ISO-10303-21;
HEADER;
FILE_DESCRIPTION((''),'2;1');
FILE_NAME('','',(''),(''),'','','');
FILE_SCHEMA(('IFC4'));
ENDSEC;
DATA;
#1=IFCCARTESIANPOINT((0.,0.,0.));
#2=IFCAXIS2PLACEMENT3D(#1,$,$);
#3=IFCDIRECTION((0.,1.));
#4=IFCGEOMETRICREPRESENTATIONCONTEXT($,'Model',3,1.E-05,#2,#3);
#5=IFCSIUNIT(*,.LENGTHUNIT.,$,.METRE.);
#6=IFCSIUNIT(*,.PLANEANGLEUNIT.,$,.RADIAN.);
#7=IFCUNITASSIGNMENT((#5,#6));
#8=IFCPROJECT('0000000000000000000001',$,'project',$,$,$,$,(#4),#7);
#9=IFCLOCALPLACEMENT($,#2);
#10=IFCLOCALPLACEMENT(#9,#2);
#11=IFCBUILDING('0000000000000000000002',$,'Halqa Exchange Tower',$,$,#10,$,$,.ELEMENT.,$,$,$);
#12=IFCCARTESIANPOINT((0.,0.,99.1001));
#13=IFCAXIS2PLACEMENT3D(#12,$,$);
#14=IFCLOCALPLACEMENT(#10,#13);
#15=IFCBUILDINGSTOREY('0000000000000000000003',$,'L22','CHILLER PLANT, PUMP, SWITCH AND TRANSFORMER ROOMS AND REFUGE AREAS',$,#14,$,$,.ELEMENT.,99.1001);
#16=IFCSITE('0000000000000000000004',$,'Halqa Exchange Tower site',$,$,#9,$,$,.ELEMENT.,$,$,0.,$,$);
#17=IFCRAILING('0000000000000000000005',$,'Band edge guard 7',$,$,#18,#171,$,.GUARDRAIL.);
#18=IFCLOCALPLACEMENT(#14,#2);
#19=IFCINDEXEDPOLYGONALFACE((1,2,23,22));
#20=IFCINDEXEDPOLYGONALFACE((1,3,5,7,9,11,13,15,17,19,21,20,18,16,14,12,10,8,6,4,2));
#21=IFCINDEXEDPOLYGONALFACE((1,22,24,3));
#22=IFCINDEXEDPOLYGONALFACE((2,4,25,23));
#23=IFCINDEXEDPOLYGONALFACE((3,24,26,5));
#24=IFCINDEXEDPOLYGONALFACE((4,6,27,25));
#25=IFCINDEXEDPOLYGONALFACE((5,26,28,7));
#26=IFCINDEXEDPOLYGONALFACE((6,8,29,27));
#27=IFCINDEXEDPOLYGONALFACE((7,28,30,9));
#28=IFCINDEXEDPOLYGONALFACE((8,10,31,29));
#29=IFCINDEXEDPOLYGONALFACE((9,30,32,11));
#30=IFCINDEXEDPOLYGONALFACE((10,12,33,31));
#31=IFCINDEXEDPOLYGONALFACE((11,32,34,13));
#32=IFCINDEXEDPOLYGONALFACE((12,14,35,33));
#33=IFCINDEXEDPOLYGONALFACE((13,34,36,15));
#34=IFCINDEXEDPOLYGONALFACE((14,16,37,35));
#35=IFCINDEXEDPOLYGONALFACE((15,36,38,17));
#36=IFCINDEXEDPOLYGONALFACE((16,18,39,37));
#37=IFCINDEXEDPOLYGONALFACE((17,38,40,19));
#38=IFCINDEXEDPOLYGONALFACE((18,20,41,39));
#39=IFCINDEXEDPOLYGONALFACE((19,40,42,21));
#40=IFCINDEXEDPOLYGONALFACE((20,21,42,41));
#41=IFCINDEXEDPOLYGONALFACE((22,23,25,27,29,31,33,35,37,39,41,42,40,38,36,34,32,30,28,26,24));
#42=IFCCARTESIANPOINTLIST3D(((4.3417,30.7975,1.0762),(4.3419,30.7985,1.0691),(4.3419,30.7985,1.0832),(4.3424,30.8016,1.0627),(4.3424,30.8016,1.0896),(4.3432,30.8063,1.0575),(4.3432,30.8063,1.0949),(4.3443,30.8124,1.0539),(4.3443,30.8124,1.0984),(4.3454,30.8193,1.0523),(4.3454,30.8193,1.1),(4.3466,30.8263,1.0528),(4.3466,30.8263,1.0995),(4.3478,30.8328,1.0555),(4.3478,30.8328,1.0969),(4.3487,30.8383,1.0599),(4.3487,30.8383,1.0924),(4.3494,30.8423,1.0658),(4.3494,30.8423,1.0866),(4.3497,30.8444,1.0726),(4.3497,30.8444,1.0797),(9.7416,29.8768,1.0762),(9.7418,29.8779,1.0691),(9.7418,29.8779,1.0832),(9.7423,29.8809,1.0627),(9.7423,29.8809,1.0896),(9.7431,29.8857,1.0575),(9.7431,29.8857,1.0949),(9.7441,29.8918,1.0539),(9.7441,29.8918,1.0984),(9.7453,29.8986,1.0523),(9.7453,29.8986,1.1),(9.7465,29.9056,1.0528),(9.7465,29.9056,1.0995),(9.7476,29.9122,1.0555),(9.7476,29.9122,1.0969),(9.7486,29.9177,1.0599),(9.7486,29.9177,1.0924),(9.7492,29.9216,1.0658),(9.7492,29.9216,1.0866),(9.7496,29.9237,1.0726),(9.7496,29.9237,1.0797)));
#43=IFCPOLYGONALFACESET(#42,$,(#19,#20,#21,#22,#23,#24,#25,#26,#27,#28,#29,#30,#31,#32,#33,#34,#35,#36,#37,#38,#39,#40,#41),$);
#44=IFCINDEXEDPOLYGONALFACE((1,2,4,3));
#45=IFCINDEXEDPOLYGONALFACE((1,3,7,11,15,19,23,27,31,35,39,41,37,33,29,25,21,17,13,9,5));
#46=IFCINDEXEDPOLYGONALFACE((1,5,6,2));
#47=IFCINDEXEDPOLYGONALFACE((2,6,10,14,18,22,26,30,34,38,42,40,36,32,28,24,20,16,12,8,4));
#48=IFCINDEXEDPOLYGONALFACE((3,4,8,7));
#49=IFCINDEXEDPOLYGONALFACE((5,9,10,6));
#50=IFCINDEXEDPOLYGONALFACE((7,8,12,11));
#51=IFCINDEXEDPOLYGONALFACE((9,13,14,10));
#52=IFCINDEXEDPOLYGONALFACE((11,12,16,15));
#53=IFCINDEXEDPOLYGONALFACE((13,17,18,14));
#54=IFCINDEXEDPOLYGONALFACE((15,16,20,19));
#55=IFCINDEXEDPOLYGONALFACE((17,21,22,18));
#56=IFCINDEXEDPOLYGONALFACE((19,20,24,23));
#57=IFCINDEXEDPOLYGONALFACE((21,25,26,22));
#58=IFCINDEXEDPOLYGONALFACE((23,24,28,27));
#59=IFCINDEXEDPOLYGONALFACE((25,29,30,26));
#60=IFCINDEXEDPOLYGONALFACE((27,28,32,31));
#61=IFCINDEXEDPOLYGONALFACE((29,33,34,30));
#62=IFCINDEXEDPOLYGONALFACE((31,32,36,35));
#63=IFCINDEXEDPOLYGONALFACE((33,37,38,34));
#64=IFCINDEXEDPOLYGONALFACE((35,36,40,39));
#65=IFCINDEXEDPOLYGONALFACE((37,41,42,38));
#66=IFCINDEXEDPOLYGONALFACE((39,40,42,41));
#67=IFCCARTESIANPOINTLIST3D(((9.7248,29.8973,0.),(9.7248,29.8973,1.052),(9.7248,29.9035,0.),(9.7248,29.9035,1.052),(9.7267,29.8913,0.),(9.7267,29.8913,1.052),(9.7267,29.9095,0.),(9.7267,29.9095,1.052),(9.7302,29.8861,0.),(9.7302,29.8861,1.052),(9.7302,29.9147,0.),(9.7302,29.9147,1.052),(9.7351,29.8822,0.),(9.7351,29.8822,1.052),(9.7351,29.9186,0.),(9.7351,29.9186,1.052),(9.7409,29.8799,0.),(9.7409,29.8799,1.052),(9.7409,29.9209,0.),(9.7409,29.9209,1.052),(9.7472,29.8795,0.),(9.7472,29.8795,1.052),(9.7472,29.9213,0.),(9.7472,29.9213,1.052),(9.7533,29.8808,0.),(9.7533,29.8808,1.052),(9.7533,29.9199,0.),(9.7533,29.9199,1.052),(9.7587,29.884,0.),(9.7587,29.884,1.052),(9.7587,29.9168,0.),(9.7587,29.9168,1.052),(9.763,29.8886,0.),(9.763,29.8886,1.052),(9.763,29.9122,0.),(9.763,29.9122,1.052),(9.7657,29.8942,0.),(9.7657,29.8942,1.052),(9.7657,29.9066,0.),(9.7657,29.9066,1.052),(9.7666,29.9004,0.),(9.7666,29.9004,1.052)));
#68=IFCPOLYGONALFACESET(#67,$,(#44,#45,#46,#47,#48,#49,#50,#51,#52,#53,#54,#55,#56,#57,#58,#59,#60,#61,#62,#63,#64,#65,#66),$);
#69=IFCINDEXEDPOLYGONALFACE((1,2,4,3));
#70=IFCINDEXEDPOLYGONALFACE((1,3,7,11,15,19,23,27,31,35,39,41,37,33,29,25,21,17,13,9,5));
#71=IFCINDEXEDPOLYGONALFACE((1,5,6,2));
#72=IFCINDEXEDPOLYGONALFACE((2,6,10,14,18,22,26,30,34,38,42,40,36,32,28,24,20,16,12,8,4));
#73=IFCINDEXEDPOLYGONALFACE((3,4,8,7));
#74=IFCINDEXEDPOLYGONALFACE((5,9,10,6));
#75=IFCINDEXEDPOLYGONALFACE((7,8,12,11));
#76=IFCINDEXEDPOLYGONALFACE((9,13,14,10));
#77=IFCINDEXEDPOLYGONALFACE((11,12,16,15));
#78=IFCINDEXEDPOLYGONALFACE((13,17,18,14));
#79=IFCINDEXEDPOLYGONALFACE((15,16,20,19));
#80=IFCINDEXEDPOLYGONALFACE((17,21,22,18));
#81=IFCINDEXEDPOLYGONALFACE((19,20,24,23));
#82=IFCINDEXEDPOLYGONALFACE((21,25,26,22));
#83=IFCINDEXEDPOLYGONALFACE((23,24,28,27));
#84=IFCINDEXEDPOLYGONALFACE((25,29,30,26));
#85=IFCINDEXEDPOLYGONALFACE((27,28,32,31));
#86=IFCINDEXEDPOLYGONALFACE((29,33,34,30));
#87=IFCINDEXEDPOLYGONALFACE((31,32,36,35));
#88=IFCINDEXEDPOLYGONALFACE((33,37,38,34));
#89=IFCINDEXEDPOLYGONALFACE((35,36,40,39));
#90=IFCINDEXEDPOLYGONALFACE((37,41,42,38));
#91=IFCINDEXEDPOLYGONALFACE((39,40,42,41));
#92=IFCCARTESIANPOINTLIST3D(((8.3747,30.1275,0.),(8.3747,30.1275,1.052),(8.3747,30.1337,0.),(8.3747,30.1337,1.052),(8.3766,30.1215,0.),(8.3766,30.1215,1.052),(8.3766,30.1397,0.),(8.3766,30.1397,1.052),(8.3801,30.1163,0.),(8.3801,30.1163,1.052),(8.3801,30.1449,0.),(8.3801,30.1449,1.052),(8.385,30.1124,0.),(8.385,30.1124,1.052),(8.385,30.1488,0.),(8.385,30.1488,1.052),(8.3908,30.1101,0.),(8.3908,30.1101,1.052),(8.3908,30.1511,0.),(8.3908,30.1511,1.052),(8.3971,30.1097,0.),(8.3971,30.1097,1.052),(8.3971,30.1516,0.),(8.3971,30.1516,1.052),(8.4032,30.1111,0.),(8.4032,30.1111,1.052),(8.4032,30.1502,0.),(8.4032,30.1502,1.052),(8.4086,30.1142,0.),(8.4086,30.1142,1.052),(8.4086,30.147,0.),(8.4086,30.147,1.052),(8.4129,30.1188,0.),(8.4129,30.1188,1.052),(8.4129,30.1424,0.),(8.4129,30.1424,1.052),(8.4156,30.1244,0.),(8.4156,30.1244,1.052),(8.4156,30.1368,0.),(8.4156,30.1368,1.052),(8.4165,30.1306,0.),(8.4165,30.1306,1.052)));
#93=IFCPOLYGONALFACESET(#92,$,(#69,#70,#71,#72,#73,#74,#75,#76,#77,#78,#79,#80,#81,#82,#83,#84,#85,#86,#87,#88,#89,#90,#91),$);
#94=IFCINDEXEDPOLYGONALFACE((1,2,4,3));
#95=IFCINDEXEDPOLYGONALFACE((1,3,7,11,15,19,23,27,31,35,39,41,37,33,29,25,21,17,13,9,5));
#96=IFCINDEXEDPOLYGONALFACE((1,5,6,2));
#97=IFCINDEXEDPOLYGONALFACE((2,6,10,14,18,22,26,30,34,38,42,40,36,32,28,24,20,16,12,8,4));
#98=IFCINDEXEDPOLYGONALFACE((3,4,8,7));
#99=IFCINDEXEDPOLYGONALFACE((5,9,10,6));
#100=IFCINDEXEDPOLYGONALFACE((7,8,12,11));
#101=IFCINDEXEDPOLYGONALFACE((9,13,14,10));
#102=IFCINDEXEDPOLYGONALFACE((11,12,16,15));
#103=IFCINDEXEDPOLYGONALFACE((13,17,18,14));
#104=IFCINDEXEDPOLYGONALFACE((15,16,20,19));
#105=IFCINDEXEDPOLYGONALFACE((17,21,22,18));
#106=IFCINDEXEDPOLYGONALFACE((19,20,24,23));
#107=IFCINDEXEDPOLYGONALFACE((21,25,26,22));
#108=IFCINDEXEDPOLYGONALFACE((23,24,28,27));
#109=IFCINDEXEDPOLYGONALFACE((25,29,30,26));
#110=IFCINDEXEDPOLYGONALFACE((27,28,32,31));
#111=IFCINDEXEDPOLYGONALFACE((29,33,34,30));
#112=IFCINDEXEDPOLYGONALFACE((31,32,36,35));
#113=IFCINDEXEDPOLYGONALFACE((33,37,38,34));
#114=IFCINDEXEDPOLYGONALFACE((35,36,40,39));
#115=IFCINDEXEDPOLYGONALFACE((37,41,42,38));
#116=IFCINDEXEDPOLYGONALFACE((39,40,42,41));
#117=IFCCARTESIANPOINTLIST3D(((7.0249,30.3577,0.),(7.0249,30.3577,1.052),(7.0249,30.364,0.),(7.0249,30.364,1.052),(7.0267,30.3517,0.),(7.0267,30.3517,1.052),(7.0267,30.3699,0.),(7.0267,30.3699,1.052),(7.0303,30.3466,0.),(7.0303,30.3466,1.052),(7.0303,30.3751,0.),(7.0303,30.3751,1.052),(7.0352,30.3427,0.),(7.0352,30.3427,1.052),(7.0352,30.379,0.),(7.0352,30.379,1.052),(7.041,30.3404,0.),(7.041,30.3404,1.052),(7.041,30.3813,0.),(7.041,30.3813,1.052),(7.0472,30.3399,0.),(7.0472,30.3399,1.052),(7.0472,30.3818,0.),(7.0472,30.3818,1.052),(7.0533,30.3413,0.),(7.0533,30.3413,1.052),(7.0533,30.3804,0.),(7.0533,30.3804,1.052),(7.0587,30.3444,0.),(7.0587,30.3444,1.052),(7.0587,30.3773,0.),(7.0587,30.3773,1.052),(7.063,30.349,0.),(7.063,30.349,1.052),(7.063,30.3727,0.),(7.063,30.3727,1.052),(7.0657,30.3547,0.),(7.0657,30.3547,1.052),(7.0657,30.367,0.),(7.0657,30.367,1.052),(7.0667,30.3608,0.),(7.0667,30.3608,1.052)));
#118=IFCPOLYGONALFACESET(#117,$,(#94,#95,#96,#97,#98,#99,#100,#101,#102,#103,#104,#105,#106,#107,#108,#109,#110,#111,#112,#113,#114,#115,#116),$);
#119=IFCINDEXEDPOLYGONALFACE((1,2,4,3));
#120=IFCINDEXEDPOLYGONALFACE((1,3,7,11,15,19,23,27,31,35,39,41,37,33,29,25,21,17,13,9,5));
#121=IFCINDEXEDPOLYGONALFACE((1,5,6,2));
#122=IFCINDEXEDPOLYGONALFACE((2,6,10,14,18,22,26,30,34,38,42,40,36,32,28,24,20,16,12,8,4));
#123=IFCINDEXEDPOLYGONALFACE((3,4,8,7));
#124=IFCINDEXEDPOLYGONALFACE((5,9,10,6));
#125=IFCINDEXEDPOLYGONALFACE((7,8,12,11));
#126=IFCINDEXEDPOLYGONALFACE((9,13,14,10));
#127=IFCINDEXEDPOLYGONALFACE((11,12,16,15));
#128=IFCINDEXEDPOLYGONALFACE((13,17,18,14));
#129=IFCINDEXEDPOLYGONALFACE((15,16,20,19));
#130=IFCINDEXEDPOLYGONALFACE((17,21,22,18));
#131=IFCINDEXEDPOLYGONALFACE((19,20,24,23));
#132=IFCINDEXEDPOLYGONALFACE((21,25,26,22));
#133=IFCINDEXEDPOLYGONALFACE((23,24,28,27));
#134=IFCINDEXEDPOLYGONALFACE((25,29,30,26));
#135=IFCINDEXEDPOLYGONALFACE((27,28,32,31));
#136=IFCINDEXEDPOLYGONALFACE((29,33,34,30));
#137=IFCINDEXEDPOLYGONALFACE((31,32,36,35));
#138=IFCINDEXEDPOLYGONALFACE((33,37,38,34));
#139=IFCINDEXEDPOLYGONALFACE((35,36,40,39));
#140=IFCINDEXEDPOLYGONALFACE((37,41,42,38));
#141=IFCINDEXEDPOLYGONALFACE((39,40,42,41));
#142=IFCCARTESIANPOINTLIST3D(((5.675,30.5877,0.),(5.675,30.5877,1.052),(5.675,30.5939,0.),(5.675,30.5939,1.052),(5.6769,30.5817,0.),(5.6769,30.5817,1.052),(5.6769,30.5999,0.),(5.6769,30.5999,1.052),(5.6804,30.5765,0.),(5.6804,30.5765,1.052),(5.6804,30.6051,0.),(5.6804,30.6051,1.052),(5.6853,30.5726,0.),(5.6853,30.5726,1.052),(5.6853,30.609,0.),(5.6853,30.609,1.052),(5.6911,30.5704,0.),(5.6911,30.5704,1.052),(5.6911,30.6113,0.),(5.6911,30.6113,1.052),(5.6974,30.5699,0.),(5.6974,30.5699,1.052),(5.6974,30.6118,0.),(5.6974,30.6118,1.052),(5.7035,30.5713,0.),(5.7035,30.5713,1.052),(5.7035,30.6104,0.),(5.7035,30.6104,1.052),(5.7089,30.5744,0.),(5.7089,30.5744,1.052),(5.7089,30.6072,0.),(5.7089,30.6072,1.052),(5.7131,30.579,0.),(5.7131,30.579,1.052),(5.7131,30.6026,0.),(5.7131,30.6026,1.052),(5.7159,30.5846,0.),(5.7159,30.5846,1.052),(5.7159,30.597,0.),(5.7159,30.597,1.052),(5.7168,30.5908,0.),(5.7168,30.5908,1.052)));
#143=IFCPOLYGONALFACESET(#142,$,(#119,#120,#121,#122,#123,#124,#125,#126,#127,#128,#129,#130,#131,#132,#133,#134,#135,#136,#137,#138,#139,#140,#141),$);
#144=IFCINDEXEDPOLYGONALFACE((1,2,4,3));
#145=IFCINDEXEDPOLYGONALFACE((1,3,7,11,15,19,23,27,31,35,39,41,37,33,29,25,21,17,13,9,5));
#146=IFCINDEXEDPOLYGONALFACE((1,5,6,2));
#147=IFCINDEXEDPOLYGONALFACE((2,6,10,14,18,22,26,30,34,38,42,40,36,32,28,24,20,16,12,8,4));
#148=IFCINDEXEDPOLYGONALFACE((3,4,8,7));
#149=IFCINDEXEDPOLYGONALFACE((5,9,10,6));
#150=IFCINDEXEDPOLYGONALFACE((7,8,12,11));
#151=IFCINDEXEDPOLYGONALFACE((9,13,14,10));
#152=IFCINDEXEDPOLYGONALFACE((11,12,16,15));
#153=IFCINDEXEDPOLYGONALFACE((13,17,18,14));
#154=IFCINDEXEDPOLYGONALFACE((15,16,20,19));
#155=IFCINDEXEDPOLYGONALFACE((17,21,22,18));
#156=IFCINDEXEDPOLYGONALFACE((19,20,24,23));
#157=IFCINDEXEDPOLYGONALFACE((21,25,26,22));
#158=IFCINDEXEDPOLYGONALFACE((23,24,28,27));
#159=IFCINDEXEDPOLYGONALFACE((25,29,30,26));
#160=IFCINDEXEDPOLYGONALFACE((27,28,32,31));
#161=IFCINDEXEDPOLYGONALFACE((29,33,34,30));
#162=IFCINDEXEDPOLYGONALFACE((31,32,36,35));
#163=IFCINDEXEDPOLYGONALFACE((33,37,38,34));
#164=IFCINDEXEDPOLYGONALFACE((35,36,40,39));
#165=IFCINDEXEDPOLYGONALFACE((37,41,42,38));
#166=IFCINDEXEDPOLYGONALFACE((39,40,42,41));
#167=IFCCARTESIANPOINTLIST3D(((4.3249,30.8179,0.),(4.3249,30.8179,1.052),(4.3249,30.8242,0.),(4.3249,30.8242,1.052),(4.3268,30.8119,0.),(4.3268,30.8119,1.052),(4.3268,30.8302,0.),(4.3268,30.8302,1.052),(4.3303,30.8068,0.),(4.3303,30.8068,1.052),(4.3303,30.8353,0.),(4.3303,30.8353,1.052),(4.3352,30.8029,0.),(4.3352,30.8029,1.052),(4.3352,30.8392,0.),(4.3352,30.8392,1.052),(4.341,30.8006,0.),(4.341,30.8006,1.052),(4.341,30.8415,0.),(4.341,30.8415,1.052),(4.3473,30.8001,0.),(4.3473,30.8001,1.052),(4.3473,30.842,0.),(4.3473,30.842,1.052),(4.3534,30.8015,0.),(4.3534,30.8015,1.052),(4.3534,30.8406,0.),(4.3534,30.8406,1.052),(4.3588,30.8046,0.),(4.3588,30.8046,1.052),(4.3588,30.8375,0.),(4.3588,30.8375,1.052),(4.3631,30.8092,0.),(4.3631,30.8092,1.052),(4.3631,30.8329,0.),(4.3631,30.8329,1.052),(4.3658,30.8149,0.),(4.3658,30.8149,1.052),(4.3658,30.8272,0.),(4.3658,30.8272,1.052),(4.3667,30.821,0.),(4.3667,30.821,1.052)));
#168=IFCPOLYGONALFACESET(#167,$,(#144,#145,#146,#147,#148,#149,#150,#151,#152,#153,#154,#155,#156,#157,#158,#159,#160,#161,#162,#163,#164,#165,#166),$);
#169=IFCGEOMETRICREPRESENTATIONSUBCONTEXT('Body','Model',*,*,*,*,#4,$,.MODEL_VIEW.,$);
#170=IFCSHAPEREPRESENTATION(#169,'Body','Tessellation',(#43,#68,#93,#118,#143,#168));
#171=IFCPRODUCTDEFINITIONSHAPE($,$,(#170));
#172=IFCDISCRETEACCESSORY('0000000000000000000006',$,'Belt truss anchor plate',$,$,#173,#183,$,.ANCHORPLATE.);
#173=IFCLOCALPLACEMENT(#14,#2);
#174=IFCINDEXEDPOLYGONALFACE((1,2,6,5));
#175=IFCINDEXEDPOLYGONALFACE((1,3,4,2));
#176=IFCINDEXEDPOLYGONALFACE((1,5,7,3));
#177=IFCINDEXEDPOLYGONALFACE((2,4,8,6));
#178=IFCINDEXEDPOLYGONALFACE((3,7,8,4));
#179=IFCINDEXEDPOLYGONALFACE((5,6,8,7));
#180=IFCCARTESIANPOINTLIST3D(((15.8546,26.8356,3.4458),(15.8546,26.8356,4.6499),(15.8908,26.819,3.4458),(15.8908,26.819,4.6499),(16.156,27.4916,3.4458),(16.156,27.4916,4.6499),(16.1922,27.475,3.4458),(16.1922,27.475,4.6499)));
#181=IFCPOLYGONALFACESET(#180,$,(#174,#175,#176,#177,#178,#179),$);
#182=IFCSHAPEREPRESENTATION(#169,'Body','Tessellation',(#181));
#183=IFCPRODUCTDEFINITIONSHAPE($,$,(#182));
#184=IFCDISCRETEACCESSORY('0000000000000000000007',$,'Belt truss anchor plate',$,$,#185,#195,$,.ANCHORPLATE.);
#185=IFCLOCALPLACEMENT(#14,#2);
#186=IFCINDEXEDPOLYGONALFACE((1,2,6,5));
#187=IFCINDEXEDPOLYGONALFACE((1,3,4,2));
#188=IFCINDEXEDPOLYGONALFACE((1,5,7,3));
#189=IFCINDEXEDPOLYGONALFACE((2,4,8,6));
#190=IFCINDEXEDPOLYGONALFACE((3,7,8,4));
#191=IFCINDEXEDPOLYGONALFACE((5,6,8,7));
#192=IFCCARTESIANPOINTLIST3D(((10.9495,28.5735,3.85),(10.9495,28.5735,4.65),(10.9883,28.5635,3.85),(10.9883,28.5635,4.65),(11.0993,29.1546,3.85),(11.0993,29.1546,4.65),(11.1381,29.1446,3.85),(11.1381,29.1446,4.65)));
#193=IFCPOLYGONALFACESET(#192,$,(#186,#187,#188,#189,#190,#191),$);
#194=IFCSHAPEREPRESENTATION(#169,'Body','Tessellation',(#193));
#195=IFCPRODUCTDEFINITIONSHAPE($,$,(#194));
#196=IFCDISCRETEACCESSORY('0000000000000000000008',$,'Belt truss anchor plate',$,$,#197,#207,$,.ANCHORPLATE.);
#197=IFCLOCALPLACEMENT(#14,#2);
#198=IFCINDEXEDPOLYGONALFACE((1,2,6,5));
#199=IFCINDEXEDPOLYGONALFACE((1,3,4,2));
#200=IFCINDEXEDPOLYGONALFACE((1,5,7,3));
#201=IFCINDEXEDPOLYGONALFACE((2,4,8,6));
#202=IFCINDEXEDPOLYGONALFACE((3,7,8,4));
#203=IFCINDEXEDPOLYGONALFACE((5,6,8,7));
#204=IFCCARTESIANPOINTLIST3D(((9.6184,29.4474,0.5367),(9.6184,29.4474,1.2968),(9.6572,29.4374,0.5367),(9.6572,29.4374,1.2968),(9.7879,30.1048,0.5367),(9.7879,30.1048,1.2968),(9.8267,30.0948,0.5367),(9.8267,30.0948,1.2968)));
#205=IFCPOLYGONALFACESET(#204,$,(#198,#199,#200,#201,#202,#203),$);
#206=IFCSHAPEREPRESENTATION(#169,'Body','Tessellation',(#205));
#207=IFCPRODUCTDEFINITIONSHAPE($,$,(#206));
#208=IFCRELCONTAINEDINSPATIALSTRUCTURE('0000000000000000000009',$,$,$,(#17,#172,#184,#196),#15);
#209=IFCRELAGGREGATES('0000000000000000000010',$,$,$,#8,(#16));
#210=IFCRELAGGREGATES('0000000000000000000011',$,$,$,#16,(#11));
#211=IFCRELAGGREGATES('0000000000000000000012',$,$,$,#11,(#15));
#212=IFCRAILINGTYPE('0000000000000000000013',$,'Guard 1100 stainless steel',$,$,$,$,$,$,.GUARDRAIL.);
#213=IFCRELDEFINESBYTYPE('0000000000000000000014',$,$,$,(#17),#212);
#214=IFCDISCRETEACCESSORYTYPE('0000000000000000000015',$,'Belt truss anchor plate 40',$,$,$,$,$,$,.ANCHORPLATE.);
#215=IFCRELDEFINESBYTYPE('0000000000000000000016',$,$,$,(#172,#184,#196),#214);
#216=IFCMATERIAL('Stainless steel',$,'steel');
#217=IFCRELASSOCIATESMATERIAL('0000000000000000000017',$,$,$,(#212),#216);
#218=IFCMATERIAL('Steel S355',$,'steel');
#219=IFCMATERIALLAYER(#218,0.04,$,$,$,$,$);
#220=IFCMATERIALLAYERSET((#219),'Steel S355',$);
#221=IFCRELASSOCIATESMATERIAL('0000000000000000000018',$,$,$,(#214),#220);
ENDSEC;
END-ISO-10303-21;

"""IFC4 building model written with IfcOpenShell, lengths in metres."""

from ifc_helpers import new_model, si_unit, direction, frame, origin, origin_2d, place, context, subcontext, project, spatial, rectangle, circle, extrude, material, layer, layer_set, type_object, element, save


model = new_model("IFC4")

# Units and contexts
model_context = context("Model", 3, precision=1e-05, world=origin(), true_north=direction((0.0, 1.0)))
body_context = subcontext(model_context, "Body", "Model", "MODEL_VIEW")
ifc_project = project(units=[si_unit("LENGTHUNIT", "METRE"), si_unit("PLANEANGLEUNIT", "RADIAN")], contexts=[model_context])

# Site, building, storey
site_placement = place(None, origin())
site = spatial("IfcSite", under=ifc_project, at=site_placement, Name="Halqa Exchange Tower site", CompositionType="ELEMENT", RefElevation=0.0)
building_placement = place(site_placement, origin())
building = spatial("IfcBuilding", under=site, at=building_placement, Name="Halqa Exchange Tower", CompositionType="ELEMENT")
storey_placement = place(building_placement, frame((0.0, 0.0, 99.1001)))
storey = spatial("IfcBuildingStorey", under=building, at=storey_placement, Name="L22", Description="CHILLER PLANT, PUMP, SWITCH AND TRANSFORMER ROOMS AND REFUGE AREAS", CompositionType="ELEMENT", Elevation=99.1001)

# Shared definitions
ifc_material_1 = material(Name="Steel S355", Category="steel")

# Railing
ifc_material_2 = material(Name="Stainless steel", Category="steel")
railing_type = type_object("IfcRailingType", Name="Guard 1100 stainless steel", PredefinedType="GUARDRAIL", material=ifc_material_2)
railing_1_placement = place(storey_placement, frame((9.7456, 29.9004, 0.0)))
element("IfcRailing", 1, at=railing_1_placement, inside=storey, type_object=railing_type, Name="Band edge guard 7", PredefinedType="GUARDRAIL", context=body_context, shape_type="SweptSolid", body=[
    extrude(circle(Radius=0.0239, at=origin_2d()), frame((0.0, 0.0, 1.0762), z_axis=(-0.985775, 0.168069, 0.0), x_axis=(-0.168069, -0.985775, 0.0)), (0.0, 0.0, 1.0), 5.4778),
    extrude(circle(Radius=0.021, at=origin_2d()), origin(), (0.0, 0.0, 1.0), 1.052),
    extrude(circle(Radius=0.021, at=origin_2d()), frame((-1.3501, 0.2302, 0.0)), (0.0, 0.0, 1.0), 1.052),
    extrude(circle(Radius=0.021, at=origin_2d()), frame((-2.7, 0.4604, 0.0)), (0.0, 0.0, 1.0), 1.052),
    extrude(circle(Radius=0.021, at=origin_2d()), frame((-4.0498, 0.6904, 0.0)), (0.0, 0.0, 1.0), 1.052),
    extrude(circle(Radius=0.021, at=origin_2d()), frame((-5.3999, 0.9207, 0.0)), (0.0, 0.0, 1.0), 1.052),
])

# Discrete accessories
ifc_layer_1 = layer(ifc_material_1, 0.04)
ifc_layer_set_1 = layer_set([ifc_layer_1], Name="Steel S355")
discrete_accessory_type = type_object("IfcDiscreteAccessoryType", Name="Belt truss anchor plate 40", PredefinedType="ANCHORPLATE", material=ifc_layer_set_1)
discrete_accessory_1_placement = place(storey_placement, frame((16.0415, 27.147, 4.0479), z_axis=(-0.908677, 0.4175, 0.0), x_axis=(-0.4175, -0.908677, 0.0)))
element("IfcDiscreteAccessory", 2, at=discrete_accessory_1_placement, inside=storey, type_object=discrete_accessory_type, Name="Belt truss anchor plate", PredefinedType="ANCHORPLATE", context=body_context, shape_type="SweptSolid", body=[
    extrude(rectangle(XDim=0.7219, YDim=1.2041, at=origin_2d()), origin(), (0.0, 0.0, 1.0), 0.0398),
])
discrete_accessory_2_placement = place(storey_placement, frame((11.0244, 28.864, 4.25), z_axis=(0.968325, -0.249694, 0.0), x_axis=(0.249694, 0.968325, 0.0)))
element("IfcDiscreteAccessory", 3, at=discrete_accessory_2_placement, inside=storey, type_object=discrete_accessory_type, Name="Belt truss anchor plate", PredefinedType="ANCHORPLATE", context=body_context, shape_type="SweptSolid", body=[
    extrude(rectangle(XDim=0.6001, YDim=0.8, at=origin_2d()), origin(), (0.0, 0.0, 1.0), 0.04),
])
discrete_accessory_3_placement = place(storey_placement, frame((9.7419, 29.7661, 0.9167), z_axis=(-0.968325, 0.249694, 0.0), x_axis=(-0.249694, -0.968325, 0.0)))
element("IfcDiscreteAccessory", 4, at=discrete_accessory_3_placement, inside=storey, type_object=discrete_accessory_type, Name="Belt truss anchor plate", PredefinedType="ANCHORPLATE", context=body_context, shape_type="SweptSolid", body=[
    extrude(rectangle(XDim=0.679, YDim=0.76, at=origin_2d()), origin(), (0.0, 0.0, 1.0), 0.04),
])

save(model, "model.ifc")
